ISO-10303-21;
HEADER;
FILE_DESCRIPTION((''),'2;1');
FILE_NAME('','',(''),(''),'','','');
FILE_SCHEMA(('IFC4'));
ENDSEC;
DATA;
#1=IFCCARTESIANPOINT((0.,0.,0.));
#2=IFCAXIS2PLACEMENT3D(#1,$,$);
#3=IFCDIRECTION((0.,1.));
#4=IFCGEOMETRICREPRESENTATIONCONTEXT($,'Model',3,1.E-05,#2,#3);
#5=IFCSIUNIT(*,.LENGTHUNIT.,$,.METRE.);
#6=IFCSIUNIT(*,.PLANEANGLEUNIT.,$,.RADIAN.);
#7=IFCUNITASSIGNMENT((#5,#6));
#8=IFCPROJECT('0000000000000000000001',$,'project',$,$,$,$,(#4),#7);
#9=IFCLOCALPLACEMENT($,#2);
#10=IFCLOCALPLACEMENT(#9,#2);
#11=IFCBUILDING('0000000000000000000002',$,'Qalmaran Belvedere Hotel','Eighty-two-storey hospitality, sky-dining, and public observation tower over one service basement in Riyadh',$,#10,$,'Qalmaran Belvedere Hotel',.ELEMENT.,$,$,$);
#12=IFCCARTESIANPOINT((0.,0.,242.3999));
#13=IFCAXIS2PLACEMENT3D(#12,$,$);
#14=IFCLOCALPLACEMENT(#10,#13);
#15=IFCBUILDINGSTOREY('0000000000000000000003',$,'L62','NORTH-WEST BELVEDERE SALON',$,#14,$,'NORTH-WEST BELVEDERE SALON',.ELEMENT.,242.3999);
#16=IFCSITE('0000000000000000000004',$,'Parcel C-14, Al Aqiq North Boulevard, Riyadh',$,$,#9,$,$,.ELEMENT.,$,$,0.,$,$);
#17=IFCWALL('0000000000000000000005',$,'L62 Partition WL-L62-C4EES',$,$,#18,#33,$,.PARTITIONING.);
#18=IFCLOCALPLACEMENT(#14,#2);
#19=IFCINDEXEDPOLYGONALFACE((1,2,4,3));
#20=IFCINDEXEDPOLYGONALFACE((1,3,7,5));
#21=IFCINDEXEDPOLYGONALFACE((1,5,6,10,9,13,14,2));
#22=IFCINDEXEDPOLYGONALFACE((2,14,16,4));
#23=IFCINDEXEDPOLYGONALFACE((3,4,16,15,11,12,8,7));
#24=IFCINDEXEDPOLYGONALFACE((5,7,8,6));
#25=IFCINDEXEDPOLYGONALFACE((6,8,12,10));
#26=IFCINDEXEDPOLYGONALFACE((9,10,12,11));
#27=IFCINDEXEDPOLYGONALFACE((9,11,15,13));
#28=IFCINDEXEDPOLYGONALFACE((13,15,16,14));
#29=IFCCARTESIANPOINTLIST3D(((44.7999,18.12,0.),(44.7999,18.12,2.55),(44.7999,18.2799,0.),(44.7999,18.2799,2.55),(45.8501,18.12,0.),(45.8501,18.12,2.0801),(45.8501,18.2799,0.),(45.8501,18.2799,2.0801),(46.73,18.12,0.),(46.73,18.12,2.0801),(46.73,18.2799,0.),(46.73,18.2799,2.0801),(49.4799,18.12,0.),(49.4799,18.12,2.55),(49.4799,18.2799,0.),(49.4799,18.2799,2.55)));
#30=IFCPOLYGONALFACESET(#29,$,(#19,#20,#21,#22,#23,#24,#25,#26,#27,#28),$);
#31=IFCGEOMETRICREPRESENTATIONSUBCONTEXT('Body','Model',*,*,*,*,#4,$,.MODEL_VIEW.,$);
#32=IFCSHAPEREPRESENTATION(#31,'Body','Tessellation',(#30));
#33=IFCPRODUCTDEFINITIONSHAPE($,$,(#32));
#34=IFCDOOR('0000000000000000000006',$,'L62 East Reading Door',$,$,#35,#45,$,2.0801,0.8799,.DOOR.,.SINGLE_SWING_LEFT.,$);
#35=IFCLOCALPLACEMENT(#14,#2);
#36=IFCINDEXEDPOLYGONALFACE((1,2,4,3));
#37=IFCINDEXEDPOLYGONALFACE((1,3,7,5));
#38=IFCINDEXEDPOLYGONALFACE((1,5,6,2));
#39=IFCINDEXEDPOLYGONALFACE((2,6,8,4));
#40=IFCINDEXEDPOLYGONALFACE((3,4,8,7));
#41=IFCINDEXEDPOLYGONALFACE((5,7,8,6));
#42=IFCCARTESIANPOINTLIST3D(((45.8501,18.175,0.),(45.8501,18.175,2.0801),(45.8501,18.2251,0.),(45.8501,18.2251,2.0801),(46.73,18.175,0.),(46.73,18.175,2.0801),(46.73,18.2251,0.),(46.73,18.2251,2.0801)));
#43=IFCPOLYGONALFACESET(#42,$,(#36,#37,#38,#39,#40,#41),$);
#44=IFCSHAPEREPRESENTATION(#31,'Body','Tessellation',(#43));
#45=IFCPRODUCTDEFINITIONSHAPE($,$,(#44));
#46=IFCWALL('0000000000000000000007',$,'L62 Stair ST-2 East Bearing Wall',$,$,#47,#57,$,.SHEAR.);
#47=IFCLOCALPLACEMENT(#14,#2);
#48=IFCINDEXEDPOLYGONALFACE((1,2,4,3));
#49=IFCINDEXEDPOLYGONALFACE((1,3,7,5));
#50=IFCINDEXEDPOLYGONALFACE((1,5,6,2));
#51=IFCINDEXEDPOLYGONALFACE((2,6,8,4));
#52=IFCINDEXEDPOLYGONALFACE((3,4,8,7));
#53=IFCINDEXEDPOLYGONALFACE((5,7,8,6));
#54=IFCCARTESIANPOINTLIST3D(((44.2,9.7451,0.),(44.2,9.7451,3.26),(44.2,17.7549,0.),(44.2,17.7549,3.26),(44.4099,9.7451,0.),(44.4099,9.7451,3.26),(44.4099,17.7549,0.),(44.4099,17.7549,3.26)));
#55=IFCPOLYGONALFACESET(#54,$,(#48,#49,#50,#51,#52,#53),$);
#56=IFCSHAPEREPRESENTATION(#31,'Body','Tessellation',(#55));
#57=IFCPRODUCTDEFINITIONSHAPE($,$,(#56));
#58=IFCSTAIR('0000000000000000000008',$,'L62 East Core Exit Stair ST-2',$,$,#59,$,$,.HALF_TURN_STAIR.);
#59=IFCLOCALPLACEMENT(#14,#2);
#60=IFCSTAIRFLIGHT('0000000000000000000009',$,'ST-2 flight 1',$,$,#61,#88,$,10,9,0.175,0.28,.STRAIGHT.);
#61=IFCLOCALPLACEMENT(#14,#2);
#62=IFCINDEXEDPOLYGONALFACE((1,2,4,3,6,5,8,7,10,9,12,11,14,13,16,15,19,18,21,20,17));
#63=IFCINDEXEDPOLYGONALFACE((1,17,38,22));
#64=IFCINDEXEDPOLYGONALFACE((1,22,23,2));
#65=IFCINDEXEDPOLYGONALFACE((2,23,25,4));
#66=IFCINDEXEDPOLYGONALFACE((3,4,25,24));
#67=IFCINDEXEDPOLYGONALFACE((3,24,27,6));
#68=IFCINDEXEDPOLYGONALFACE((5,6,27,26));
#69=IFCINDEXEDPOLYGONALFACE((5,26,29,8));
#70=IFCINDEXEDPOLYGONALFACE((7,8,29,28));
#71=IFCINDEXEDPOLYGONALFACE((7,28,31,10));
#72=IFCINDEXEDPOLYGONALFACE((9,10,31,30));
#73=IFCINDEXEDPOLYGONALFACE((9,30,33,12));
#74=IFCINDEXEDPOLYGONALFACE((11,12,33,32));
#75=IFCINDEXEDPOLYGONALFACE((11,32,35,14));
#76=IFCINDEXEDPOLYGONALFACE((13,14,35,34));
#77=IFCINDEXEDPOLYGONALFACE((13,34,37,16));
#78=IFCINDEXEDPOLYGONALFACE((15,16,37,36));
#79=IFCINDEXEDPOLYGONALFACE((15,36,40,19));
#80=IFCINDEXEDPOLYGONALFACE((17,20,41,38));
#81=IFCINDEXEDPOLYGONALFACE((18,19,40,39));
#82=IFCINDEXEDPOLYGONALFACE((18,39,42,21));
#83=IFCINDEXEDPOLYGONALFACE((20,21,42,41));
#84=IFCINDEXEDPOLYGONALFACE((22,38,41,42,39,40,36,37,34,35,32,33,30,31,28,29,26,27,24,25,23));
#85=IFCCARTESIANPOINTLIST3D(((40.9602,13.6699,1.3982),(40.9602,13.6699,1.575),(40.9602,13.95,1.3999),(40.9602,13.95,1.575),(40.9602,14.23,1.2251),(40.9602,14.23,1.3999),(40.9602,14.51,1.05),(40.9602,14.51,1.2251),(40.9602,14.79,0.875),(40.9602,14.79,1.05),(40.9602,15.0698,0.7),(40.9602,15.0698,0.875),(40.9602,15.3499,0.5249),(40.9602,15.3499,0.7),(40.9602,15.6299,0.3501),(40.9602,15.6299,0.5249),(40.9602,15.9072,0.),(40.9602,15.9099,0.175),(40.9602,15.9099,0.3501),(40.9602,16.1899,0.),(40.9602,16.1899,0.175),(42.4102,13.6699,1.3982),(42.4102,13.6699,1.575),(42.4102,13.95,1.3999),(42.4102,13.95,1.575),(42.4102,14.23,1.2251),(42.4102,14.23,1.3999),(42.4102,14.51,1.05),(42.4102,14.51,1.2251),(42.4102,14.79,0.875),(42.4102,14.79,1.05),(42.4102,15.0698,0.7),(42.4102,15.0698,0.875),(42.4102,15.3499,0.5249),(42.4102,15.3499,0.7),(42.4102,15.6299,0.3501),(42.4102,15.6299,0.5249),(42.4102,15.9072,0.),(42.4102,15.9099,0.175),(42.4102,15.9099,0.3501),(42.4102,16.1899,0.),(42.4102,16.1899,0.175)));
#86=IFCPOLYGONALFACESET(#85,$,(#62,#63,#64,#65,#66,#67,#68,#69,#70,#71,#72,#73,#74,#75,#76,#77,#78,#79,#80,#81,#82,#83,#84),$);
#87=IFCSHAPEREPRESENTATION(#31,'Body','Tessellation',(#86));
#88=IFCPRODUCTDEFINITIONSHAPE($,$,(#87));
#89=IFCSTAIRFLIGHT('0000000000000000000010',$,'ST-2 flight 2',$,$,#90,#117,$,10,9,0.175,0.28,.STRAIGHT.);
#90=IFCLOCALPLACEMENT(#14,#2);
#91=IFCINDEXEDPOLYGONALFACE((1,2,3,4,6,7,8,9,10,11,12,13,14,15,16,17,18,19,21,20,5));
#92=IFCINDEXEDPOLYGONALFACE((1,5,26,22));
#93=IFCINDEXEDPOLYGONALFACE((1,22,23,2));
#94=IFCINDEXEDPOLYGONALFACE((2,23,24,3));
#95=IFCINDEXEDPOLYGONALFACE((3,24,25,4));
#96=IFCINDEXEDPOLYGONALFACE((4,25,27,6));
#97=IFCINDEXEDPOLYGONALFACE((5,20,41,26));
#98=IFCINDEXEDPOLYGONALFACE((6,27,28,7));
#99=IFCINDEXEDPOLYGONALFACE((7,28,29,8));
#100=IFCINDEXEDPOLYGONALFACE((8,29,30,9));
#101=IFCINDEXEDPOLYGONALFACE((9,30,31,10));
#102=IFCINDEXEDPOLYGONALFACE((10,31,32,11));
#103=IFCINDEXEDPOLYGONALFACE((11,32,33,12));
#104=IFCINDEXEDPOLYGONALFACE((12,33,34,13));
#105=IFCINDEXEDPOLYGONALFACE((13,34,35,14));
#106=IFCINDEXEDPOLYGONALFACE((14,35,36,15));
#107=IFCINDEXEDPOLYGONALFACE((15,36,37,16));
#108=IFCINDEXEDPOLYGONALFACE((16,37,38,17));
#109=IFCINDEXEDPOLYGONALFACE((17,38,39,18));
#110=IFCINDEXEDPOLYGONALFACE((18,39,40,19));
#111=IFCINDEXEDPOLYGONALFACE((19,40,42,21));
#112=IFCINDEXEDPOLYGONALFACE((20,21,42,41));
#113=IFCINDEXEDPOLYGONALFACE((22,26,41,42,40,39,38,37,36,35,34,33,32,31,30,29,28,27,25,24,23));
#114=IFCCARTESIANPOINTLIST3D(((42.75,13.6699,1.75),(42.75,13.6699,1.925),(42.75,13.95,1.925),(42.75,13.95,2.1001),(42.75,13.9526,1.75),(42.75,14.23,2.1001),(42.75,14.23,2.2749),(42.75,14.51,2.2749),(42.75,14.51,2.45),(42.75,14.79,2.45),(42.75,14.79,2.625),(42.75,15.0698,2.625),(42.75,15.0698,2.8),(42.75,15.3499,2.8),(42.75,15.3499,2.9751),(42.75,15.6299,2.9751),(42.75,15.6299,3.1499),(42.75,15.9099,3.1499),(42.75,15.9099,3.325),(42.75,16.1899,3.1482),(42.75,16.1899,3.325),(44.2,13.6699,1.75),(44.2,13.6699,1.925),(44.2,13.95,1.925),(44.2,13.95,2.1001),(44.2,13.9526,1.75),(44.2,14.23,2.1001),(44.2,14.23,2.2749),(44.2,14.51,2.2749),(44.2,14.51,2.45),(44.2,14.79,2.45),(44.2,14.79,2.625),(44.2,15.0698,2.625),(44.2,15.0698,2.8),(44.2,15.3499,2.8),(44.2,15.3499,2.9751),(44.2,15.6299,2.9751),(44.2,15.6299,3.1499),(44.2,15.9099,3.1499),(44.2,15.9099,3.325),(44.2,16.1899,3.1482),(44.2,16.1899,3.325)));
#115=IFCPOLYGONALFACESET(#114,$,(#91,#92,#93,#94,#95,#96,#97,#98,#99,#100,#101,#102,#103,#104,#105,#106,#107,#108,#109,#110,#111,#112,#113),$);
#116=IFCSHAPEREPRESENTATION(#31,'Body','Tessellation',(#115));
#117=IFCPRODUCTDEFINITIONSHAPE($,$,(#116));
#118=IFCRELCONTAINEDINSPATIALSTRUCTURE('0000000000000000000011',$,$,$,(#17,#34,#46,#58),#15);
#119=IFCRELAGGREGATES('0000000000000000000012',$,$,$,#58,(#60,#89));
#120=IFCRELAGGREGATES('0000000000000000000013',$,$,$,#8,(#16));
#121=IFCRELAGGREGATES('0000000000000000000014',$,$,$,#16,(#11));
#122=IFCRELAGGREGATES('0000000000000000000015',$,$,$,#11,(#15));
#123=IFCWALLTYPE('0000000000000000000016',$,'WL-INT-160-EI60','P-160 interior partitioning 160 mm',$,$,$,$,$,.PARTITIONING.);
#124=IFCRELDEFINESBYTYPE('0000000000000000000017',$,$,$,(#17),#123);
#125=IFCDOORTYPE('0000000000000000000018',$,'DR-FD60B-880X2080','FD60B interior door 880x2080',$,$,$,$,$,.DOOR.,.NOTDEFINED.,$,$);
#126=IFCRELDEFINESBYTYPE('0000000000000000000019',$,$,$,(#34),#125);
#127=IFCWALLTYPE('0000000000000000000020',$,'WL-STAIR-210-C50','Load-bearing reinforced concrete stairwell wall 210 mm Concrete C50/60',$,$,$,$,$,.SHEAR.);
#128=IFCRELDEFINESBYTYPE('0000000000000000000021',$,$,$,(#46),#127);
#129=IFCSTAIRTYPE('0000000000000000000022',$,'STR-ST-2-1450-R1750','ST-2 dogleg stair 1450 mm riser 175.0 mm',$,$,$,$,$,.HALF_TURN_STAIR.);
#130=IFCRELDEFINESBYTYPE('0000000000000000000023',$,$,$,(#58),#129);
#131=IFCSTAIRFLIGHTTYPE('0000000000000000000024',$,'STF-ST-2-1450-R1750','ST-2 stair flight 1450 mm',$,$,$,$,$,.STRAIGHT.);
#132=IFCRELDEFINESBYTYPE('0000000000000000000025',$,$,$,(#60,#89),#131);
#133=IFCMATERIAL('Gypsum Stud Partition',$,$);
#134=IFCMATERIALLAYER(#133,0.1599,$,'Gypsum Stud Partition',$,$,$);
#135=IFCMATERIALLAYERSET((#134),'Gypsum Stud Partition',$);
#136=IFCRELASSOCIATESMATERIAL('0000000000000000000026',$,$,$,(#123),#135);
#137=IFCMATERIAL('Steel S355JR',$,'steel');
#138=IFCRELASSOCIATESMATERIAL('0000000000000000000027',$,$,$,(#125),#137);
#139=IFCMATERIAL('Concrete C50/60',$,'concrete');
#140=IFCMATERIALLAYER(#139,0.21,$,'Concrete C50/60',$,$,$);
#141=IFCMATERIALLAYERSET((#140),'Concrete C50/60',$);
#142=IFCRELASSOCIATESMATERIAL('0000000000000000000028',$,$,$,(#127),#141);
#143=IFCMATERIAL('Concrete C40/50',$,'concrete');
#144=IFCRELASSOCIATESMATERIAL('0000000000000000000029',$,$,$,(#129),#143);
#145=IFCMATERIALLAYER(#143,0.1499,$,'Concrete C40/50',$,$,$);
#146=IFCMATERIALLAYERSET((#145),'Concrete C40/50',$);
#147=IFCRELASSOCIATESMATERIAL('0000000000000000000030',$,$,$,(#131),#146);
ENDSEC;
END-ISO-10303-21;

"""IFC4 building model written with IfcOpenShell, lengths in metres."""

from ifc_helpers import new_model, si_unit, direction, frame, frame_2d, origin, place, context, subcontext, project, spatial, polyline, rectangle, outline, extrude, material, layer, layer_set, type_object, element, fill, aggregate, save


model = new_model("IFC4")

# Units and contexts
model_context = context("Model", 3, precision=1e-05, world=origin(), true_north=direction((0.0, 1.0)))
body_context = subcontext(model_context, "Body", "Model", "MODEL_VIEW")
ifc_project = project(units=[si_unit("LENGTHUNIT", "METRE"), si_unit("PLANEANGLEUNIT", "RADIAN")], contexts=[model_context])

# Site, building, storey
site_placement = place(None, origin())
site = spatial("IfcSite", under=ifc_project, at=site_placement, Name="Parcel C-14, Al Aqiq North Boulevard, Riyadh", CompositionType="ELEMENT", RefElevation=0.0)
building_placement = place(site_placement, origin())
building = spatial("IfcBuilding", under=site, at=building_placement, Name="Qalmaran Belvedere Hotel", Description="Eighty-two-storey hospitality, sky-dining, and public observation tower over one service basement in Riyadh", LongName="Qalmaran Belvedere Hotel", CompositionType="ELEMENT")
storey_placement = place(building_placement, frame((0.0, 0.0, 242.3999)))
storey = spatial("IfcBuildingStorey", under=building, at=storey_placement, Name="L62", Description="NORTH-WEST BELVEDERE SALON", LongName="NORTH-WEST BELVEDERE SALON", CompositionType="ELEMENT", Elevation=242.3999)

# Shared definitions
ifc_material_1 = material(Name="Concrete C50/60", Category="concrete")

# Shared definitions
ifc_material_2 = material(Name="Steel S355JR", Category="steel")

# Wall, opening, door
ifc_material_3 = material(Name="Gypsum Stud Partition")
ifc_layer_1 = layer(ifc_material_3, 0.1599, Name="Gypsum Stud Partition")
ifc_layer_set_1 = layer_set([ifc_layer_1], Name="Gypsum Stud Partition")
wall_type_1 = type_object("IfcWallType", Name="WL-INT-160-EI60", Description="P-160 interior partitioning 160 mm", PredefinedType="PARTITIONING", material=ifc_layer_set_1)
wall_1_placement = place(storey_placement, frame((44.8, 18.2, 0.0), z_axis=(0.0, 0.0, 1.0), x_axis=(1.0, 0.0, 0.0)))
wall_1 = element("IfcWall", 1, at=wall_1_placement, inside=storey, type_object=wall_type_1, Name="L62 Partition WL-L62-C4EES", PredefinedType="PARTITIONING", context=body_context, shape_type="SweptSolid", body=[
    extrude(rectangle(XDim=4.6799, YDim=0.1599, at=frame_2d((2.3398, 0.0))), origin(), (0.0, 0.0, 1.0), 2.55),
])
opening_1_placement = place(wall_1_placement, frame((1.9299, 0.0, 0.0), z_axis=(0.0, 0.0, 1.0), x_axis=(-1.0, 0.0, 0.0)))
opening_1 = element("IfcOpeningElement", 2, at=opening_1_placement, cuts=wall_1, PredefinedType="OPENING", context=body_context, shape_type="SweptSolid", body=[
    extrude(rectangle(XDim=0.8799, YDim=2.0801, at=frame_2d((0.4399, 1.04))), frame((0.0, 0.0898, 0.0), z_axis=(0.0, -1.0, 0.0), x_axis=(1.0, 0.0, 0.0)), (0.0, 0.0, 1.0), 0.1799),
])
door_type = type_object("IfcDoorType", Name="DR-FD60B-880X2080", Description="FD60B interior door 880x2080", OperationType="NOTDEFINED", PredefinedType="DOOR", material=ifc_material_2)
door_placement = place(opening_1_placement, origin())
door = element("IfcDoor", 3, at=door_placement, inside=storey, type_object=door_type, Name="L62 East Reading Door", OperationType="SINGLE_SWING_LEFT", OverallHeight=2.0801, OverallWidth=0.8799, PredefinedType="DOOR", context=body_context, shape_type="SweptSolid", body=[
    extrude(rectangle(XDim=0.8799, YDim=2.0801, at=frame_2d((0.4399, 1.04))), frame((0.0, 0.0249, 0.0), z_axis=(0.0, -1.0, 0.0), x_axis=(1.0, 0.0, 0.0)), (0.0, 0.0, 1.0), 0.05),
])
fill(opening_1, door)

# Wall
ifc_layer_2 = layer(ifc_material_1, 0.21, Name="Concrete C50/60")
ifc_layer_set_2 = layer_set([ifc_layer_2], Name="Concrete C50/60")
wall_type_2 = type_object("IfcWallType", Name="WL-STAIR-210-C50", Description="Load-bearing reinforced concrete stairwell wall 210 mm Concrete C50/60", PredefinedType="SHEAR", material=ifc_layer_set_2)
wall_2_placement = place(storey_placement, frame((44.3049, 9.7451, 0.0), z_axis=(0.0, 0.0, 1.0), x_axis=(0.0, 1.0, 0.0)))
element("IfcWall", 4, at=wall_2_placement, inside=storey, type_object=wall_type_2, Name="L62 Stair ST-2 East Bearing Wall", PredefinedType="SHEAR", context=body_context, shape_type="SweptSolid", body=[
    extrude(rectangle(XDim=8.0098, YDim=0.21, at=frame_2d((4.0049, 0.0))), origin(), (0.0, 0.0, 1.0), 3.26),
])

# Stair, stair flights
ifc_material_4 = material(Name="Concrete C40/50", Category="concrete")
stair_type = type_object("IfcStairType", Name="STR-ST-2-1450-R1750", Description="ST-2 dogleg stair 1450 mm riser 175.0 mm", PredefinedType="HALF_TURN_STAIR", material=ifc_material_4)
stair_placement = place(storey_placement, origin())
stair = element("IfcStair", 5, at=stair_placement, inside=storey, type_object=stair_type, Name="L62 East Core Exit Stair ST-2", PredefinedType="HALF_TURN_STAIR")
ifc_layer_3 = layer(ifc_material_4, 0.1499, Name="Concrete C40/50")
ifc_layer_set_3 = layer_set([ifc_layer_3], Name="Concrete C40/50")
stair_flight_type = type_object("IfcStairFlightType", Name="STF-ST-2-1450-R1750", Description="ST-2 stair flight 1450 mm", PredefinedType="STRAIGHT", material=ifc_layer_set_3)
stair_flight_1_placement = place(storey_placement, frame((41.6851, 16.1899, 0.0), z_axis=(0.0, 0.0, 1.0), x_axis=(0.0, -1.0, 0.0)))
stair_flight_1 = element("IfcStairFlight", 6, at=stair_flight_1_placement, type_object=stair_flight_type, Name="ST-2 flight 1", NumberOfRisers=10, NumberOfTreads=9, PredefinedType="STRAIGHT", RiserHeight=0.175, TreadLength=0.28, context=body_context, shape_type="SweptSolid", body=[
    extrude(outline(polyline([(0.0, 0.0), (0.0, 0.175), (0.28, 0.175), (0.28, 0.3501), (0.5601, 0.3501), (0.5601, 0.5249), (0.8401, 0.5249), (0.8401, 0.7), (1.1201, 0.7), (1.1201, 0.875), (1.3999, 0.875), (1.3999, 1.05), (1.6799, 1.05), (1.6799, 1.2251), (1.96, 1.2251), (1.96, 1.3999), (2.24, 1.3999), (2.24, 1.575), (2.52, 1.575), (2.52, 1.75), (2.52, 1.3982), (0.2827, 0.0), (0.0, 0.0)])), frame((0.0, 0.7251, 0.0), z_axis=(0.0, -1.0, 0.0), x_axis=(1.0, 0.0, 0.0)), (0.0, 0.0, 1.0), 1.45),
])
stair_flight_2_placement = place(storey_placement, frame((43.4751, 13.6699, 1.75), z_axis=(0.0, 0.0, 1.0), x_axis=(0.0, 1.0, 0.0)))
stair_flight_2 = element("IfcStairFlight", 7, at=stair_flight_2_placement, type_object=stair_flight_type, Name="ST-2 flight 2", NumberOfRisers=10, NumberOfTreads=9, PredefinedType="STRAIGHT", RiserHeight=0.175, TreadLength=0.28, context=body_context, shape_type="SweptSolid", body=[
    extrude(outline(polyline([(0.0, 0.0), (0.0, 0.175), (0.28, 0.175), (0.28, 0.3501), (0.5601, 0.3501), (0.5601, 0.5249), (0.8401, 0.5249), (0.8401, 0.7), (1.1201, 0.7), (1.1201, 0.875), (1.3999, 0.875), (1.3999, 1.05), (1.6799, 1.05), (1.6799, 1.2251), (1.96, 1.2251), (1.96, 1.3999), (2.24, 1.3999), (2.24, 1.575), (2.52, 1.575), (2.52, 1.75), (2.52, 1.3982), (0.2827, 0.0), (0.0, 0.0)])), frame((0.0, 0.7251, 0.0), z_axis=(0.0, -1.0, 0.0), x_axis=(1.0, 0.0, 0.0)), (0.0, 0.0, 1.0), 1.45),
])
aggregate(stair, [stair_flight_1, stair_flight_2])

save(model, "model.ifc")
